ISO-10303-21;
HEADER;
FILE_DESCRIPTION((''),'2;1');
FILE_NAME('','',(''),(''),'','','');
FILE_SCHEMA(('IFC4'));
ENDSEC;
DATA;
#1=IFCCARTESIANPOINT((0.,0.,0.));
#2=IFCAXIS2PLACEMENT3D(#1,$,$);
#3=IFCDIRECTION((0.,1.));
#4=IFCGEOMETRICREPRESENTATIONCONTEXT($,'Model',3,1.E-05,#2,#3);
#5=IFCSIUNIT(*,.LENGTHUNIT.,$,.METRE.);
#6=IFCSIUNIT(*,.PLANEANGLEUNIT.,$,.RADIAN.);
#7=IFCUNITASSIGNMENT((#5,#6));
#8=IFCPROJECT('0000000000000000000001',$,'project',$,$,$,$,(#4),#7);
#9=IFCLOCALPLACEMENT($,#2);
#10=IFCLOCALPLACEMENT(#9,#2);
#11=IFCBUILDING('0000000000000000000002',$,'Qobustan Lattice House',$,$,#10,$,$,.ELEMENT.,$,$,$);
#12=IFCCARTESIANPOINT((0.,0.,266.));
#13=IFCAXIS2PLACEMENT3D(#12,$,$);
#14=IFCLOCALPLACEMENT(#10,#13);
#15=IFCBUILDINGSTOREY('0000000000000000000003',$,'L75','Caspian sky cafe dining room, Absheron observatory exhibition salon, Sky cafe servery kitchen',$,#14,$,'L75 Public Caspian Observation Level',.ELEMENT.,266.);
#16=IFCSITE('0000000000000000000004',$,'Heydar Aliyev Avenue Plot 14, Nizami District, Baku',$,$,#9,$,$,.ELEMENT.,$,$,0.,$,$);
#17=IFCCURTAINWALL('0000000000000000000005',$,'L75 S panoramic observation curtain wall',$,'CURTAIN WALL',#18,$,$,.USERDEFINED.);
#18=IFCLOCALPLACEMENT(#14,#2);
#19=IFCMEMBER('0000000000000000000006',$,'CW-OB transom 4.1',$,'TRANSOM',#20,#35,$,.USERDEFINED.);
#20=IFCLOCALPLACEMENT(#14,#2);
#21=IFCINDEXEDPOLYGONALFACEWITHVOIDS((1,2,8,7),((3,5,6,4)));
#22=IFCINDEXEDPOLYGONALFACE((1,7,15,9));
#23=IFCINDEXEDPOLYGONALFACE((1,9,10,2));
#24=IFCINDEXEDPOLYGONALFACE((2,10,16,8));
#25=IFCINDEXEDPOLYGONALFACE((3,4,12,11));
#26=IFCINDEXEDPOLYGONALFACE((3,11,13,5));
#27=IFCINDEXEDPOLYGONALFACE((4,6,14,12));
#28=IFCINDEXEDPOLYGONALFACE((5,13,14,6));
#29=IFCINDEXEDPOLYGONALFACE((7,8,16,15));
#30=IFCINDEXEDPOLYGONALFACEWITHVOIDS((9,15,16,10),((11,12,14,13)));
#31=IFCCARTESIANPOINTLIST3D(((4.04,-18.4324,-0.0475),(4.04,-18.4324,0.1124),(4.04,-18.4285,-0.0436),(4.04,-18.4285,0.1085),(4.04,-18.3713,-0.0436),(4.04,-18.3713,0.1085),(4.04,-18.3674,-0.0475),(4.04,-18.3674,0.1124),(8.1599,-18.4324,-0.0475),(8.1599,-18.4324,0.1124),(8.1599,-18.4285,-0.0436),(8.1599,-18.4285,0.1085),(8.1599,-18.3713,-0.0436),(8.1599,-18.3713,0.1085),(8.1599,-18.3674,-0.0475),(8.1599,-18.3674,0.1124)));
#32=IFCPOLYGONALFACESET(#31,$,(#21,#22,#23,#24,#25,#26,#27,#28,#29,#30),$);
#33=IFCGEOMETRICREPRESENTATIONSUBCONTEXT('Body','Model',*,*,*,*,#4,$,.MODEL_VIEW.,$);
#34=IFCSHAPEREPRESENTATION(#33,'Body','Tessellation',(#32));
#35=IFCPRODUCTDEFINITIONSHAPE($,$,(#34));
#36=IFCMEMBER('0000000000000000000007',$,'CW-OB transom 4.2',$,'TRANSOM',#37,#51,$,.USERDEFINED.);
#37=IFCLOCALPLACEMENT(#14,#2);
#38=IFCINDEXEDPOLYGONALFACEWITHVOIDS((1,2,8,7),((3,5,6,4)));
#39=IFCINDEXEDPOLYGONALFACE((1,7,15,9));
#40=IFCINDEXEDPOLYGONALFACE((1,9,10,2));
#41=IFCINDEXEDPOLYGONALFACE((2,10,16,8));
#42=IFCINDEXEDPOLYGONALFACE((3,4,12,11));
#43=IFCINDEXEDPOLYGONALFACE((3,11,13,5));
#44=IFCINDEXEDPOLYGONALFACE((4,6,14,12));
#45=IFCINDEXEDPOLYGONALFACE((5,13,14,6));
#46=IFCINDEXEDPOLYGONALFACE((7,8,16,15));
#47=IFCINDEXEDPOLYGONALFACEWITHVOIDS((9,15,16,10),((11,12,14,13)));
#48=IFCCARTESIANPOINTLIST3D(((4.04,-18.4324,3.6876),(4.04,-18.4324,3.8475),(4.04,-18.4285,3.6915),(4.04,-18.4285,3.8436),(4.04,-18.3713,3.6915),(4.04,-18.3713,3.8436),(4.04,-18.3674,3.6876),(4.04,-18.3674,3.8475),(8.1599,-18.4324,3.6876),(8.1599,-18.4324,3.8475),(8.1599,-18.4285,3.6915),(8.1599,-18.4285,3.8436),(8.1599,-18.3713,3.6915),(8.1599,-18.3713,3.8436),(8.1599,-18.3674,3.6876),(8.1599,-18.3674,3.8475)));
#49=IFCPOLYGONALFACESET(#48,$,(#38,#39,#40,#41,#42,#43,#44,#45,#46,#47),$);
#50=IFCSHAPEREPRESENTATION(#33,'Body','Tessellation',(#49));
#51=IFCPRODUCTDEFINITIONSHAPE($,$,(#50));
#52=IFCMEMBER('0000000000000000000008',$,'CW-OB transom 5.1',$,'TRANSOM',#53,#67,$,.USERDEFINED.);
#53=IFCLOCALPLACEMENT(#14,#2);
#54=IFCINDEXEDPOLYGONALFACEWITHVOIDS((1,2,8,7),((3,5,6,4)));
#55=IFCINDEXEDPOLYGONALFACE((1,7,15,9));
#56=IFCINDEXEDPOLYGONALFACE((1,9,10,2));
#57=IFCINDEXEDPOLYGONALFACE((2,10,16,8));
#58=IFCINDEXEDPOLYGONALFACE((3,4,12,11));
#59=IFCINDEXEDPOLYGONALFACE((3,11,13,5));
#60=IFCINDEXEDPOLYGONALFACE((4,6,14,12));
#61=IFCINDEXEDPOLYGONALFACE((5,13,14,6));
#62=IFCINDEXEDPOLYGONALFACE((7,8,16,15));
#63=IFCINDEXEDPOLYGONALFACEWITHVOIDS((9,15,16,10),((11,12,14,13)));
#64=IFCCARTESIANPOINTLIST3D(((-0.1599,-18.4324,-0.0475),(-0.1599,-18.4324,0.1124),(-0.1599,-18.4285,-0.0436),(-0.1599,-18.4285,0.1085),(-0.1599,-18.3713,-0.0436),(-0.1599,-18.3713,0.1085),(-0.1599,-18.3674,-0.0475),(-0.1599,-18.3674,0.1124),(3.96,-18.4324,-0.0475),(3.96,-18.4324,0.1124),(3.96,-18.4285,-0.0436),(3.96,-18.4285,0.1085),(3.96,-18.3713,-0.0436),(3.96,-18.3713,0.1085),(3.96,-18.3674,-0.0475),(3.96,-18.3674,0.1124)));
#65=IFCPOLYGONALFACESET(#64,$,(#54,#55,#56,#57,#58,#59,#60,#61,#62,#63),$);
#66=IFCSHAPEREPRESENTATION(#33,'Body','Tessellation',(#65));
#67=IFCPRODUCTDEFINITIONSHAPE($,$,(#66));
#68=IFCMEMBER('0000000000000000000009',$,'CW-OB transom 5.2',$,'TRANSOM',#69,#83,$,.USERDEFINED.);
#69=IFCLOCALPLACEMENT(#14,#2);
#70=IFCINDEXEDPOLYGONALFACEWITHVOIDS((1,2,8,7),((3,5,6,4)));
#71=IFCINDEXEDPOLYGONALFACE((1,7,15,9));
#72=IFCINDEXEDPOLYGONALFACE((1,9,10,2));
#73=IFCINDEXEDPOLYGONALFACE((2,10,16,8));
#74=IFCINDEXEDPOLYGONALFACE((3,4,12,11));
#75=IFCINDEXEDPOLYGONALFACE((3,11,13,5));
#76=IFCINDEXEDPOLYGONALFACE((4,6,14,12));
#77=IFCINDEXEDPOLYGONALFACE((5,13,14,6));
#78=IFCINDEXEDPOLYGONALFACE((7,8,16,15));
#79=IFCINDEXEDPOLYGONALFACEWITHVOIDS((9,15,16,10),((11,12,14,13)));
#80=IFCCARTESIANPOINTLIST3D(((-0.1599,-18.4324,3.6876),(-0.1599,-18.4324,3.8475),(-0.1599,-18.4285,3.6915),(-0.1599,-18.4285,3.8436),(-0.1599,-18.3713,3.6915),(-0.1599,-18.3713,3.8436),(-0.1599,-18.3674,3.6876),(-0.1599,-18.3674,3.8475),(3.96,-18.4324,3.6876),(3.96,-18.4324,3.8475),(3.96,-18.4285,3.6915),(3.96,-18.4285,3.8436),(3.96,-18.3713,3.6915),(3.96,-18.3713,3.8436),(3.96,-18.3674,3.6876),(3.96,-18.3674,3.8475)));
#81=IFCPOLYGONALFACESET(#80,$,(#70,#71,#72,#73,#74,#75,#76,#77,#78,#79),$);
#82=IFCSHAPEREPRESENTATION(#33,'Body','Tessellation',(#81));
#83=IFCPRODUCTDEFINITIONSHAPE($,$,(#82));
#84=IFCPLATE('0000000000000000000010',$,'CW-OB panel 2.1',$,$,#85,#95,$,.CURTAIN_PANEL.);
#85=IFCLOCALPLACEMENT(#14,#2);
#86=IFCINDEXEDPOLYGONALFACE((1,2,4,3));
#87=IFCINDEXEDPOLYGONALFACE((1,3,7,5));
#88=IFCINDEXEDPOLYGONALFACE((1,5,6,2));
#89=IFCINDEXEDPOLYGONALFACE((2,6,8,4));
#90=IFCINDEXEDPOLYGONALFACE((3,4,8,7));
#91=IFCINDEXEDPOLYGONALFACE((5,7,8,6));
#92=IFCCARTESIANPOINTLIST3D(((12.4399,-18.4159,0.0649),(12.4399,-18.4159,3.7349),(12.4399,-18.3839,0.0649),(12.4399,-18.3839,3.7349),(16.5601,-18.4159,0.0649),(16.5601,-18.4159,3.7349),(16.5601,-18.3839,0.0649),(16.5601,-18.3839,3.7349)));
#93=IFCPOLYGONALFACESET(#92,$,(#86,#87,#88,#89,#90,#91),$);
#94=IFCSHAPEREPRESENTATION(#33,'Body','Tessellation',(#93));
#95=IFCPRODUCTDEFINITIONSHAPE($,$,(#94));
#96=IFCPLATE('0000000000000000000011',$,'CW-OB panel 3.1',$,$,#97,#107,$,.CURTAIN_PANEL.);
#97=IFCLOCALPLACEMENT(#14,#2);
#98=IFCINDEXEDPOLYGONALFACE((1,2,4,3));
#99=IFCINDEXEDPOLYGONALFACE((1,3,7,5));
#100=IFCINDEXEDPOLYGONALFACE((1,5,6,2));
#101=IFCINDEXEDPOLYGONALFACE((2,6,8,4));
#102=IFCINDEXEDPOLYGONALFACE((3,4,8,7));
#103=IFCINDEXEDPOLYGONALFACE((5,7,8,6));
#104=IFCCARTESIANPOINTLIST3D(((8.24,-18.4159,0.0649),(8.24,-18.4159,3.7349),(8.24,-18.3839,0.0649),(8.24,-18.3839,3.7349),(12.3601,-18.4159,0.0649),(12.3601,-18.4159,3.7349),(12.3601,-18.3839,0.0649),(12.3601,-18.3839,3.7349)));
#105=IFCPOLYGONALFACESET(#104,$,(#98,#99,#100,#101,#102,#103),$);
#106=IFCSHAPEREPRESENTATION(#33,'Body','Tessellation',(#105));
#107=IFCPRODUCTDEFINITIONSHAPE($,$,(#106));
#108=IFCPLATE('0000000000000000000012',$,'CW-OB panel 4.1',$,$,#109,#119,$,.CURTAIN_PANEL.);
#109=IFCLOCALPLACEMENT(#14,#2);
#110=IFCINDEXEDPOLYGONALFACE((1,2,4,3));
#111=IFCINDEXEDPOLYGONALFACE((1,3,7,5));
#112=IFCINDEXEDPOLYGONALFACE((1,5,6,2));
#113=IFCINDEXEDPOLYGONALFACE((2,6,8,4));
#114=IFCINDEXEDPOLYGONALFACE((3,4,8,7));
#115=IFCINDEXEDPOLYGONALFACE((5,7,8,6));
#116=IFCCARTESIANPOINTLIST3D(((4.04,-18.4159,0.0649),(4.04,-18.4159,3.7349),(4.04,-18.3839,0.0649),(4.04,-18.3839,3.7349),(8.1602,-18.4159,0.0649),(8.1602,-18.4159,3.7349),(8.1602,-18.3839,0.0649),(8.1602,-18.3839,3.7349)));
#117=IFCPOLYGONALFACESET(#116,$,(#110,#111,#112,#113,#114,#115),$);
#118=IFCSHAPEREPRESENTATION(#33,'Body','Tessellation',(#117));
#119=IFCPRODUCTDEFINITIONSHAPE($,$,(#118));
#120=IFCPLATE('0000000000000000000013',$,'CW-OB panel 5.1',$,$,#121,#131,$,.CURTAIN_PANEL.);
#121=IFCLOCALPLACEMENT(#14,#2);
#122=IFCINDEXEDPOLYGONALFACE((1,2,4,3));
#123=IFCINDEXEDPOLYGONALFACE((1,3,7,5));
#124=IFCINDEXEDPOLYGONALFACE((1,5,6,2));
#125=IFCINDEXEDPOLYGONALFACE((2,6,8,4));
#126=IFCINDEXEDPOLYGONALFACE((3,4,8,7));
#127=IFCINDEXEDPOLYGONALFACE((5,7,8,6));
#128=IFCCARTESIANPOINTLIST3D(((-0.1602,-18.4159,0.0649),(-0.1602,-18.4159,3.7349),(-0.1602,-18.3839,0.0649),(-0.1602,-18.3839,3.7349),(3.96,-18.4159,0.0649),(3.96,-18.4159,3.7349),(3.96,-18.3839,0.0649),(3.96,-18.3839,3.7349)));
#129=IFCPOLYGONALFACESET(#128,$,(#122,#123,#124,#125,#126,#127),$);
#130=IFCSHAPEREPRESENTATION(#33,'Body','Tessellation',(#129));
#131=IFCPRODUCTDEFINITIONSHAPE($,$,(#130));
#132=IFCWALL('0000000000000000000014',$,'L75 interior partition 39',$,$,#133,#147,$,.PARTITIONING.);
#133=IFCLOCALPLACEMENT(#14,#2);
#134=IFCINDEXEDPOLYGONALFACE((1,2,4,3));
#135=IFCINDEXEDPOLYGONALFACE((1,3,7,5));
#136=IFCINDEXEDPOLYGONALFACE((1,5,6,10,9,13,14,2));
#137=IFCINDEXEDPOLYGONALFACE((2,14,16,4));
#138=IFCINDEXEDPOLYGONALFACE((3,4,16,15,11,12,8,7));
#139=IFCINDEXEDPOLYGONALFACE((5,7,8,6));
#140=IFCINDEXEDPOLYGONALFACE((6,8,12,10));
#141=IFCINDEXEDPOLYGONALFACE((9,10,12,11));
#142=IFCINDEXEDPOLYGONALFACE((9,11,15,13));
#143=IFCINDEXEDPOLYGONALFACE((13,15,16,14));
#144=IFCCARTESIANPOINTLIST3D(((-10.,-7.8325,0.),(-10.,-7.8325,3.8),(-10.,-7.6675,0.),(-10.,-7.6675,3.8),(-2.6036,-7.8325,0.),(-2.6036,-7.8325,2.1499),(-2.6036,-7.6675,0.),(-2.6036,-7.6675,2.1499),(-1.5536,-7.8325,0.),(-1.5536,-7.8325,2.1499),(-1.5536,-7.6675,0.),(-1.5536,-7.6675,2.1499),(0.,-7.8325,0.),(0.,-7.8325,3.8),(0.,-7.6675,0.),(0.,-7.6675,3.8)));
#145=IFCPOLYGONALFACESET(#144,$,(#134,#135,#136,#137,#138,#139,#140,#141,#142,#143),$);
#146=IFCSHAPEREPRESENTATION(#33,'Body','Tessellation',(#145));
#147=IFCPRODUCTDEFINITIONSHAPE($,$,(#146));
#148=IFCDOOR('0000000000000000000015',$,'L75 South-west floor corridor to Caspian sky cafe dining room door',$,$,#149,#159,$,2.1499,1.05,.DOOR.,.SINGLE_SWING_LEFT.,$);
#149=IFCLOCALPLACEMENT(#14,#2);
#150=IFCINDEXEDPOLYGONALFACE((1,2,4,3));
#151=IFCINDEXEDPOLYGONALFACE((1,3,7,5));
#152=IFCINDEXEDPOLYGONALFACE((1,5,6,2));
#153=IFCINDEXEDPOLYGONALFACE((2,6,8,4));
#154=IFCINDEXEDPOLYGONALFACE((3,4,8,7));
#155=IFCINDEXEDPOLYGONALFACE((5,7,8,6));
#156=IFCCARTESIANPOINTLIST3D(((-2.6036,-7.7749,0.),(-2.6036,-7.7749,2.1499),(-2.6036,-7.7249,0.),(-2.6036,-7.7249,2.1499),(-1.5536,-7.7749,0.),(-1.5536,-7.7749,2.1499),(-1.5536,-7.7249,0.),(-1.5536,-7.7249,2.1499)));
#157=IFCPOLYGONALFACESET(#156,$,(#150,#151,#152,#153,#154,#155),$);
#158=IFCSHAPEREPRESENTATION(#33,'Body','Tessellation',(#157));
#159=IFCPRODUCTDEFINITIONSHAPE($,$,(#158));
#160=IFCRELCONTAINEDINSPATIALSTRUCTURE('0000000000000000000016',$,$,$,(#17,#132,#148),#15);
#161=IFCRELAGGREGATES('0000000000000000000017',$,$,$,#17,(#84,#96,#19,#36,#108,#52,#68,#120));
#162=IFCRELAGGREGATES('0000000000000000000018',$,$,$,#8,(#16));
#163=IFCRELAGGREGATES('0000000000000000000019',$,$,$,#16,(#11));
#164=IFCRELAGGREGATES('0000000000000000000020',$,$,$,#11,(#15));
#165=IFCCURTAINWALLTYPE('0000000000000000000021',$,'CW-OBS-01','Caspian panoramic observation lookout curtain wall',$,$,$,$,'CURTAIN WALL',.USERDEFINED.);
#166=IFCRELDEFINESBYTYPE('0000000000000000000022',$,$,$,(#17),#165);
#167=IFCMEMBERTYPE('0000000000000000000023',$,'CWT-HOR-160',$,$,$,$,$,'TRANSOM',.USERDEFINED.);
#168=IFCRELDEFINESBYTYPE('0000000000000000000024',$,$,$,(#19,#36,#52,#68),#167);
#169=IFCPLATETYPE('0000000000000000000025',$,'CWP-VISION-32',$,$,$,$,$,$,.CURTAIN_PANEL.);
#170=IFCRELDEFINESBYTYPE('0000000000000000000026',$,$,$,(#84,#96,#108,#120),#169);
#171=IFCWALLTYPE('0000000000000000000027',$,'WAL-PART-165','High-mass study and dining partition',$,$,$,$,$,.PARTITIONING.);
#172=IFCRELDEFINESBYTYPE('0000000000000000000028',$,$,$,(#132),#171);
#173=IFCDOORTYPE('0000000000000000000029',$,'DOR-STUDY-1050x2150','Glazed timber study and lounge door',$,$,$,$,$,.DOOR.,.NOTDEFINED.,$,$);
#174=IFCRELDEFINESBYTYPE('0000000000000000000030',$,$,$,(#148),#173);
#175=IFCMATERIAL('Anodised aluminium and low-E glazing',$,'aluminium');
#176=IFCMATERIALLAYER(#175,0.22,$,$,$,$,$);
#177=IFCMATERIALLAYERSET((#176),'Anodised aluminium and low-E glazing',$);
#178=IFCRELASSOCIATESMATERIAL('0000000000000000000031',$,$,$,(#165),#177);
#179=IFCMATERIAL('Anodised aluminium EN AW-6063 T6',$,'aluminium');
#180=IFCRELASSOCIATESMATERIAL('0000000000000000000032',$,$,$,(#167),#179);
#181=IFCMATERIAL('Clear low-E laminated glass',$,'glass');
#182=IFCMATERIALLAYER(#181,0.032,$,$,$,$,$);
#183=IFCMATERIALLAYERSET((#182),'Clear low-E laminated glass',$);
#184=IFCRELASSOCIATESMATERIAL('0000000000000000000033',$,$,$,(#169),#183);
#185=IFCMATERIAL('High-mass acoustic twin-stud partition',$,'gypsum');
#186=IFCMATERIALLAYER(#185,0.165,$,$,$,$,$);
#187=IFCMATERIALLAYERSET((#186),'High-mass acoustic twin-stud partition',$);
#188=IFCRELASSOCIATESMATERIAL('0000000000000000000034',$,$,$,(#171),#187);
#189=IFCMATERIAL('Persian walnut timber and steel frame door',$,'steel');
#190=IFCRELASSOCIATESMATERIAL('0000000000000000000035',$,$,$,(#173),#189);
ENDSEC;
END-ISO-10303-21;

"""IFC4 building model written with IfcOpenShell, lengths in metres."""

from ifc_helpers import new_model, si_unit, direction, frame, frame_2d, origin, origin_2d, place, context, subcontext, project, spatial, rectangle, hollow_rectangle, extrude, material, layer, layer_set, material_profile, profile_set, type_object, element, fill, aggregate, save


model = new_model("IFC4")

# Units and contexts
model_context = context("Model", 3, precision=1e-05, world=origin(), true_north=direction((0.0, 1.0)))
body_context = subcontext(model_context, "Body", "Model", "MODEL_VIEW")
ifc_project = project(units=[si_unit("LENGTHUNIT", "METRE"), si_unit("PLANEANGLEUNIT", "RADIAN")], contexts=[model_context])

# Site, building, storey
site_placement = place(None, origin())
site = spatial("IfcSite", under=ifc_project, at=site_placement, Name="Heydar Aliyev Avenue Plot 14, Nizami District, Baku", CompositionType="ELEMENT", RefElevation=0.0)
building_placement = place(site_placement, origin())
building = spatial("IfcBuilding", under=site, at=building_placement, Name="Qobustan Lattice House", CompositionType="ELEMENT")
storey_placement = place(building_placement, frame((0.0, 0.0, 266.0)))
storey = spatial("IfcBuildingStorey", under=building, at=storey_placement, Name="L75", Description="Caspian sky cafe dining room, Absheron observatory exhibition salon, Sky cafe servery kitchen", LongName="L75 Public Caspian Observation Level", CompositionType="ELEMENT", Elevation=266.0)

# Curtain wall, members, plates
ifc_material_1 = material(Name="Anodised aluminium and low-E glazing", Category="aluminium")
ifc_layer_1 = layer(ifc_material_1, 0.22)
ifc_layer_set_1 = layer_set([ifc_layer_1], Name="Anodised aluminium and low-E glazing")
curtain_wall_type = type_object("IfcCurtainWallType", Name="CW-OBS-01", Description="Caspian panoramic observation lookout curtain wall", ElementType="CURTAIN WALL", PredefinedType="USERDEFINED", material=ifc_layer_set_1)
curtain_wall_placement = place(storey_placement, origin())
curtain_wall = element("IfcCurtainWall", 1, at=curtain_wall_placement, inside=storey, type_object=curtain_wall_type, Name="L75 S panoramic observation curtain wall", ObjectType="CURTAIN WALL", PredefinedType="USERDEFINED")
ifc_material_2 = material(Name="Anodised aluminium EN AW-6063 T6", Category="aluminium")
ifc_material_profile_1 = material_profile(ifc_material_2, hollow_rectangle(XDim=0.0649, YDim=0.1599, WallThickness=0.0039, at=origin_2d()), Name="CWT-160x65")
ifc_profile_set_1 = profile_set([ifc_material_profile_1], Name="Anodised aluminium EN AW-6063 T6")
member_type_1 = type_object("IfcMemberType", Name="CWT-HOR-160", ElementType="TRANSOM", PredefinedType="USERDEFINED", material=ifc_profile_set_1)
member_1_placement = place(storey_placement, frame((8.1599, -18.3999, 0.0325), z_axis=(-1.0, 0.0, 0.0), x_axis=(0.0, -1.0, 0.0)))
member_1 = element("IfcMember", 2, at=member_1_placement, type_object=member_type_1, Name="CW-OB transom 4.1", ObjectType="TRANSOM", PredefinedType="USERDEFINED", context=body_context, shape_type="SweptSolid", body=[
    extrude(hollow_rectangle(XDim=0.0649, YDim=0.1599, WallThickness=0.0039, at=origin_2d()), origin(), (0.0, 0.0, 1.0), 4.1199),
])
member_2_placement = place(storey_placement, frame((8.1599, -18.3999, 3.7676), z_axis=(-1.0, 0.0, 0.0), x_axis=(0.0, -1.0, 0.0)))
member_2 = element("IfcMember", 3, at=member_2_placement, type_object=member_type_1, Name="CW-OB transom 4.2", ObjectType="TRANSOM", PredefinedType="USERDEFINED", context=body_context, shape_type="SweptSolid", body=[
    extrude(hollow_rectangle(XDim=0.0649, YDim=0.1599, WallThickness=0.0039, at=origin_2d()), origin(), (0.0, 0.0, 1.0), 4.1199),
])
member_3_placement = place(storey_placement, frame((3.96, -18.3999, 0.0325), z_axis=(-1.0, 0.0, 0.0), x_axis=(0.0, -1.0, 0.0)))
member_3 = element("IfcMember", 4, at=member_3_placement, type_object=member_type_1, Name="CW-OB transom 5.1", ObjectType="TRANSOM", PredefinedType="USERDEFINED", context=body_context, shape_type="SweptSolid", body=[
    extrude(hollow_rectangle(XDim=0.0649, YDim=0.1599, WallThickness=0.0039, at=origin_2d()), origin(), (0.0, 0.0, 1.0), 4.1199),
])
member_4_placement = place(storey_placement, frame((3.96, -18.3999, 3.7676), z_axis=(-1.0, 0.0, 0.0), x_axis=(0.0, -1.0, 0.0)))
member_4 = element("IfcMember", 5, at=member_4_placement, type_object=member_type_1, Name="CW-OB transom 5.2", ObjectType="TRANSOM", PredefinedType="USERDEFINED", context=body_context, shape_type="SweptSolid", body=[
    extrude(hollow_rectangle(XDim=0.0649, YDim=0.1599, WallThickness=0.0039, at=origin_2d()), origin(), (0.0, 0.0, 1.0), 4.1199),
])
ifc_material_3 = material(Name="Clear low-E laminated glass", Category="glass")
ifc_layer_2 = layer(ifc_material_3, 0.032)
ifc_layer_set_2 = layer_set([ifc_layer_2], Name="Clear low-E laminated glass")
plate_type = type_object("IfcPlateType", Name="CWP-VISION-32", PredefinedType="CURTAIN_PANEL", material=ifc_layer_set_2)
plate_1_placement = place(storey_placement, frame((14.5, -18.3999, 0.0649), z_axis=(0.0, 0.0, 1.0), x_axis=(-1.0, 0.0, 0.0)))
plate_1 = element("IfcPlate", 6, at=plate_1_placement, type_object=plate_type, Name="CW-OB panel 2.1", PredefinedType="CURTAIN_PANEL", context=body_context, shape_type="SweptSolid", body=[
    extrude(rectangle(XDim=4.1201, YDim=0.032, at=origin_2d()), origin(), (0.0, 0.0, 1.0), 3.6699),
])
plate_2_placement = place(storey_placement, frame((10.3, -18.3999, 0.0649), z_axis=(0.0, 0.0, 1.0), x_axis=(-1.0, 0.0, 0.0)))
plate_2 = element("IfcPlate", 7, at=plate_2_placement, type_object=plate_type, Name="CW-OB panel 3.1", PredefinedType="CURTAIN_PANEL", context=body_context, shape_type="SweptSolid", body=[
    extrude(rectangle(XDim=4.1201, YDim=0.032, at=origin_2d()), origin(), (0.0, 0.0, 1.0), 3.6699),
])
plate_3_placement = place(storey_placement, frame((6.1001, -18.3999, 0.0649), z_axis=(0.0, 0.0, 1.0), x_axis=(-1.0, 0.0, 0.0)))
plate_3 = element("IfcPlate", 8, at=plate_3_placement, type_object=plate_type, Name="CW-OB panel 4.1", PredefinedType="CURTAIN_PANEL", context=body_context, shape_type="SweptSolid", body=[
    extrude(rectangle(XDim=4.1201, YDim=0.032, at=origin_2d()), origin(), (0.0, 0.0, 1.0), 3.6699),
])
plate_4_placement = place(storey_placement, frame((1.8999, -18.3999, 0.0649), z_axis=(0.0, 0.0, 1.0), x_axis=(-1.0, 0.0, 0.0)))
plate_4 = element("IfcPlate", 9, at=plate_4_placement, type_object=plate_type, Name="CW-OB panel 5.1", PredefinedType="CURTAIN_PANEL", context=body_context, shape_type="SweptSolid", body=[
    extrude(rectangle(XDim=4.1201, YDim=0.032, at=origin_2d()), origin(), (0.0, 0.0, 1.0), 3.6699),
])
aggregate(curtain_wall, [plate_1, plate_2, member_1, member_2, plate_3, member_3, member_4, plate_4])

# Wall, opening, door
ifc_material_4 = material(Name="High-mass acoustic twin-stud partition", Category="gypsum")
ifc_layer_3 = layer(ifc_material_4, 0.165)
ifc_layer_set_3 = layer_set([ifc_layer_3], Name="High-mass acoustic twin-stud partition")
wall_type = type_object("IfcWallType", Name="WAL-PART-165", Description="High-mass study and dining partition", PredefinedType="PARTITIONING", material=ifc_layer_set_3)
wall_placement = place(storey_placement, frame((0.0, -7.75, 0.0), z_axis=(0.0, 0.0, 1.0), x_axis=(-1.0, 0.0, 0.0)))
wall = element("IfcWall", 10, at=wall_placement, inside=storey, type_object=wall_type, Name="L75 interior partition 39", PredefinedType="PARTITIONING", context=body_context, shape_type="SweptSolid", body=[
    extrude(rectangle(XDim=10.0, YDim=0.165, at=frame_2d((5.0, 0.0))), origin(), (0.0, 0.0, 1.0), 3.8),
])
opening_placement = place(wall_placement, frame((1.5537, 0.0, 0.0)))
opening = element("IfcOpeningElement", 11, at=opening_placement, cuts=wall, PredefinedType="OPENING", context=body_context, shape_type="SweptSolid", body=[
    extrude(rectangle(XDim=1.05, YDim=2.1499, at=frame_2d((0.5249, 1.075))), frame((0.0, 0.0925, 0.0), z_axis=(0.0, -1.0, 0.0), x_axis=(1.0, 0.0, 0.0)), (0.0, 0.0, 1.0), 0.1851),
])
ifc_material_5 = material(Name="Persian walnut timber and steel frame door", Category="steel")
door_type = type_object("IfcDoorType", Name="DOR-STUDY-1050x2150", Description="Glazed timber study and lounge door", OperationType="NOTDEFINED", PredefinedType="DOOR", material=ifc_material_5)
door_placement = place(opening_placement, origin())
door = element("IfcDoor", 12, at=door_placement, inside=storey, type_object=door_type, Name="L75 South-west floor corridor to Caspian sky cafe dining room door", OperationType="SINGLE_SWING_LEFT", OverallHeight=2.1499, OverallWidth=1.05, PredefinedType="DOOR", context=body_context, shape_type="SweptSolid", body=[
    extrude(rectangle(XDim=1.05, YDim=2.1499, at=frame_2d((0.5249, 1.075))), frame((0.0, 0.0249, 0.0), z_axis=(0.0, -1.0, 0.0), x_axis=(1.0, 0.0, 0.0)), (0.0, 0.0, 1.0), 0.05),
])
fill(opening, door)

save(model, "model.ifc")
